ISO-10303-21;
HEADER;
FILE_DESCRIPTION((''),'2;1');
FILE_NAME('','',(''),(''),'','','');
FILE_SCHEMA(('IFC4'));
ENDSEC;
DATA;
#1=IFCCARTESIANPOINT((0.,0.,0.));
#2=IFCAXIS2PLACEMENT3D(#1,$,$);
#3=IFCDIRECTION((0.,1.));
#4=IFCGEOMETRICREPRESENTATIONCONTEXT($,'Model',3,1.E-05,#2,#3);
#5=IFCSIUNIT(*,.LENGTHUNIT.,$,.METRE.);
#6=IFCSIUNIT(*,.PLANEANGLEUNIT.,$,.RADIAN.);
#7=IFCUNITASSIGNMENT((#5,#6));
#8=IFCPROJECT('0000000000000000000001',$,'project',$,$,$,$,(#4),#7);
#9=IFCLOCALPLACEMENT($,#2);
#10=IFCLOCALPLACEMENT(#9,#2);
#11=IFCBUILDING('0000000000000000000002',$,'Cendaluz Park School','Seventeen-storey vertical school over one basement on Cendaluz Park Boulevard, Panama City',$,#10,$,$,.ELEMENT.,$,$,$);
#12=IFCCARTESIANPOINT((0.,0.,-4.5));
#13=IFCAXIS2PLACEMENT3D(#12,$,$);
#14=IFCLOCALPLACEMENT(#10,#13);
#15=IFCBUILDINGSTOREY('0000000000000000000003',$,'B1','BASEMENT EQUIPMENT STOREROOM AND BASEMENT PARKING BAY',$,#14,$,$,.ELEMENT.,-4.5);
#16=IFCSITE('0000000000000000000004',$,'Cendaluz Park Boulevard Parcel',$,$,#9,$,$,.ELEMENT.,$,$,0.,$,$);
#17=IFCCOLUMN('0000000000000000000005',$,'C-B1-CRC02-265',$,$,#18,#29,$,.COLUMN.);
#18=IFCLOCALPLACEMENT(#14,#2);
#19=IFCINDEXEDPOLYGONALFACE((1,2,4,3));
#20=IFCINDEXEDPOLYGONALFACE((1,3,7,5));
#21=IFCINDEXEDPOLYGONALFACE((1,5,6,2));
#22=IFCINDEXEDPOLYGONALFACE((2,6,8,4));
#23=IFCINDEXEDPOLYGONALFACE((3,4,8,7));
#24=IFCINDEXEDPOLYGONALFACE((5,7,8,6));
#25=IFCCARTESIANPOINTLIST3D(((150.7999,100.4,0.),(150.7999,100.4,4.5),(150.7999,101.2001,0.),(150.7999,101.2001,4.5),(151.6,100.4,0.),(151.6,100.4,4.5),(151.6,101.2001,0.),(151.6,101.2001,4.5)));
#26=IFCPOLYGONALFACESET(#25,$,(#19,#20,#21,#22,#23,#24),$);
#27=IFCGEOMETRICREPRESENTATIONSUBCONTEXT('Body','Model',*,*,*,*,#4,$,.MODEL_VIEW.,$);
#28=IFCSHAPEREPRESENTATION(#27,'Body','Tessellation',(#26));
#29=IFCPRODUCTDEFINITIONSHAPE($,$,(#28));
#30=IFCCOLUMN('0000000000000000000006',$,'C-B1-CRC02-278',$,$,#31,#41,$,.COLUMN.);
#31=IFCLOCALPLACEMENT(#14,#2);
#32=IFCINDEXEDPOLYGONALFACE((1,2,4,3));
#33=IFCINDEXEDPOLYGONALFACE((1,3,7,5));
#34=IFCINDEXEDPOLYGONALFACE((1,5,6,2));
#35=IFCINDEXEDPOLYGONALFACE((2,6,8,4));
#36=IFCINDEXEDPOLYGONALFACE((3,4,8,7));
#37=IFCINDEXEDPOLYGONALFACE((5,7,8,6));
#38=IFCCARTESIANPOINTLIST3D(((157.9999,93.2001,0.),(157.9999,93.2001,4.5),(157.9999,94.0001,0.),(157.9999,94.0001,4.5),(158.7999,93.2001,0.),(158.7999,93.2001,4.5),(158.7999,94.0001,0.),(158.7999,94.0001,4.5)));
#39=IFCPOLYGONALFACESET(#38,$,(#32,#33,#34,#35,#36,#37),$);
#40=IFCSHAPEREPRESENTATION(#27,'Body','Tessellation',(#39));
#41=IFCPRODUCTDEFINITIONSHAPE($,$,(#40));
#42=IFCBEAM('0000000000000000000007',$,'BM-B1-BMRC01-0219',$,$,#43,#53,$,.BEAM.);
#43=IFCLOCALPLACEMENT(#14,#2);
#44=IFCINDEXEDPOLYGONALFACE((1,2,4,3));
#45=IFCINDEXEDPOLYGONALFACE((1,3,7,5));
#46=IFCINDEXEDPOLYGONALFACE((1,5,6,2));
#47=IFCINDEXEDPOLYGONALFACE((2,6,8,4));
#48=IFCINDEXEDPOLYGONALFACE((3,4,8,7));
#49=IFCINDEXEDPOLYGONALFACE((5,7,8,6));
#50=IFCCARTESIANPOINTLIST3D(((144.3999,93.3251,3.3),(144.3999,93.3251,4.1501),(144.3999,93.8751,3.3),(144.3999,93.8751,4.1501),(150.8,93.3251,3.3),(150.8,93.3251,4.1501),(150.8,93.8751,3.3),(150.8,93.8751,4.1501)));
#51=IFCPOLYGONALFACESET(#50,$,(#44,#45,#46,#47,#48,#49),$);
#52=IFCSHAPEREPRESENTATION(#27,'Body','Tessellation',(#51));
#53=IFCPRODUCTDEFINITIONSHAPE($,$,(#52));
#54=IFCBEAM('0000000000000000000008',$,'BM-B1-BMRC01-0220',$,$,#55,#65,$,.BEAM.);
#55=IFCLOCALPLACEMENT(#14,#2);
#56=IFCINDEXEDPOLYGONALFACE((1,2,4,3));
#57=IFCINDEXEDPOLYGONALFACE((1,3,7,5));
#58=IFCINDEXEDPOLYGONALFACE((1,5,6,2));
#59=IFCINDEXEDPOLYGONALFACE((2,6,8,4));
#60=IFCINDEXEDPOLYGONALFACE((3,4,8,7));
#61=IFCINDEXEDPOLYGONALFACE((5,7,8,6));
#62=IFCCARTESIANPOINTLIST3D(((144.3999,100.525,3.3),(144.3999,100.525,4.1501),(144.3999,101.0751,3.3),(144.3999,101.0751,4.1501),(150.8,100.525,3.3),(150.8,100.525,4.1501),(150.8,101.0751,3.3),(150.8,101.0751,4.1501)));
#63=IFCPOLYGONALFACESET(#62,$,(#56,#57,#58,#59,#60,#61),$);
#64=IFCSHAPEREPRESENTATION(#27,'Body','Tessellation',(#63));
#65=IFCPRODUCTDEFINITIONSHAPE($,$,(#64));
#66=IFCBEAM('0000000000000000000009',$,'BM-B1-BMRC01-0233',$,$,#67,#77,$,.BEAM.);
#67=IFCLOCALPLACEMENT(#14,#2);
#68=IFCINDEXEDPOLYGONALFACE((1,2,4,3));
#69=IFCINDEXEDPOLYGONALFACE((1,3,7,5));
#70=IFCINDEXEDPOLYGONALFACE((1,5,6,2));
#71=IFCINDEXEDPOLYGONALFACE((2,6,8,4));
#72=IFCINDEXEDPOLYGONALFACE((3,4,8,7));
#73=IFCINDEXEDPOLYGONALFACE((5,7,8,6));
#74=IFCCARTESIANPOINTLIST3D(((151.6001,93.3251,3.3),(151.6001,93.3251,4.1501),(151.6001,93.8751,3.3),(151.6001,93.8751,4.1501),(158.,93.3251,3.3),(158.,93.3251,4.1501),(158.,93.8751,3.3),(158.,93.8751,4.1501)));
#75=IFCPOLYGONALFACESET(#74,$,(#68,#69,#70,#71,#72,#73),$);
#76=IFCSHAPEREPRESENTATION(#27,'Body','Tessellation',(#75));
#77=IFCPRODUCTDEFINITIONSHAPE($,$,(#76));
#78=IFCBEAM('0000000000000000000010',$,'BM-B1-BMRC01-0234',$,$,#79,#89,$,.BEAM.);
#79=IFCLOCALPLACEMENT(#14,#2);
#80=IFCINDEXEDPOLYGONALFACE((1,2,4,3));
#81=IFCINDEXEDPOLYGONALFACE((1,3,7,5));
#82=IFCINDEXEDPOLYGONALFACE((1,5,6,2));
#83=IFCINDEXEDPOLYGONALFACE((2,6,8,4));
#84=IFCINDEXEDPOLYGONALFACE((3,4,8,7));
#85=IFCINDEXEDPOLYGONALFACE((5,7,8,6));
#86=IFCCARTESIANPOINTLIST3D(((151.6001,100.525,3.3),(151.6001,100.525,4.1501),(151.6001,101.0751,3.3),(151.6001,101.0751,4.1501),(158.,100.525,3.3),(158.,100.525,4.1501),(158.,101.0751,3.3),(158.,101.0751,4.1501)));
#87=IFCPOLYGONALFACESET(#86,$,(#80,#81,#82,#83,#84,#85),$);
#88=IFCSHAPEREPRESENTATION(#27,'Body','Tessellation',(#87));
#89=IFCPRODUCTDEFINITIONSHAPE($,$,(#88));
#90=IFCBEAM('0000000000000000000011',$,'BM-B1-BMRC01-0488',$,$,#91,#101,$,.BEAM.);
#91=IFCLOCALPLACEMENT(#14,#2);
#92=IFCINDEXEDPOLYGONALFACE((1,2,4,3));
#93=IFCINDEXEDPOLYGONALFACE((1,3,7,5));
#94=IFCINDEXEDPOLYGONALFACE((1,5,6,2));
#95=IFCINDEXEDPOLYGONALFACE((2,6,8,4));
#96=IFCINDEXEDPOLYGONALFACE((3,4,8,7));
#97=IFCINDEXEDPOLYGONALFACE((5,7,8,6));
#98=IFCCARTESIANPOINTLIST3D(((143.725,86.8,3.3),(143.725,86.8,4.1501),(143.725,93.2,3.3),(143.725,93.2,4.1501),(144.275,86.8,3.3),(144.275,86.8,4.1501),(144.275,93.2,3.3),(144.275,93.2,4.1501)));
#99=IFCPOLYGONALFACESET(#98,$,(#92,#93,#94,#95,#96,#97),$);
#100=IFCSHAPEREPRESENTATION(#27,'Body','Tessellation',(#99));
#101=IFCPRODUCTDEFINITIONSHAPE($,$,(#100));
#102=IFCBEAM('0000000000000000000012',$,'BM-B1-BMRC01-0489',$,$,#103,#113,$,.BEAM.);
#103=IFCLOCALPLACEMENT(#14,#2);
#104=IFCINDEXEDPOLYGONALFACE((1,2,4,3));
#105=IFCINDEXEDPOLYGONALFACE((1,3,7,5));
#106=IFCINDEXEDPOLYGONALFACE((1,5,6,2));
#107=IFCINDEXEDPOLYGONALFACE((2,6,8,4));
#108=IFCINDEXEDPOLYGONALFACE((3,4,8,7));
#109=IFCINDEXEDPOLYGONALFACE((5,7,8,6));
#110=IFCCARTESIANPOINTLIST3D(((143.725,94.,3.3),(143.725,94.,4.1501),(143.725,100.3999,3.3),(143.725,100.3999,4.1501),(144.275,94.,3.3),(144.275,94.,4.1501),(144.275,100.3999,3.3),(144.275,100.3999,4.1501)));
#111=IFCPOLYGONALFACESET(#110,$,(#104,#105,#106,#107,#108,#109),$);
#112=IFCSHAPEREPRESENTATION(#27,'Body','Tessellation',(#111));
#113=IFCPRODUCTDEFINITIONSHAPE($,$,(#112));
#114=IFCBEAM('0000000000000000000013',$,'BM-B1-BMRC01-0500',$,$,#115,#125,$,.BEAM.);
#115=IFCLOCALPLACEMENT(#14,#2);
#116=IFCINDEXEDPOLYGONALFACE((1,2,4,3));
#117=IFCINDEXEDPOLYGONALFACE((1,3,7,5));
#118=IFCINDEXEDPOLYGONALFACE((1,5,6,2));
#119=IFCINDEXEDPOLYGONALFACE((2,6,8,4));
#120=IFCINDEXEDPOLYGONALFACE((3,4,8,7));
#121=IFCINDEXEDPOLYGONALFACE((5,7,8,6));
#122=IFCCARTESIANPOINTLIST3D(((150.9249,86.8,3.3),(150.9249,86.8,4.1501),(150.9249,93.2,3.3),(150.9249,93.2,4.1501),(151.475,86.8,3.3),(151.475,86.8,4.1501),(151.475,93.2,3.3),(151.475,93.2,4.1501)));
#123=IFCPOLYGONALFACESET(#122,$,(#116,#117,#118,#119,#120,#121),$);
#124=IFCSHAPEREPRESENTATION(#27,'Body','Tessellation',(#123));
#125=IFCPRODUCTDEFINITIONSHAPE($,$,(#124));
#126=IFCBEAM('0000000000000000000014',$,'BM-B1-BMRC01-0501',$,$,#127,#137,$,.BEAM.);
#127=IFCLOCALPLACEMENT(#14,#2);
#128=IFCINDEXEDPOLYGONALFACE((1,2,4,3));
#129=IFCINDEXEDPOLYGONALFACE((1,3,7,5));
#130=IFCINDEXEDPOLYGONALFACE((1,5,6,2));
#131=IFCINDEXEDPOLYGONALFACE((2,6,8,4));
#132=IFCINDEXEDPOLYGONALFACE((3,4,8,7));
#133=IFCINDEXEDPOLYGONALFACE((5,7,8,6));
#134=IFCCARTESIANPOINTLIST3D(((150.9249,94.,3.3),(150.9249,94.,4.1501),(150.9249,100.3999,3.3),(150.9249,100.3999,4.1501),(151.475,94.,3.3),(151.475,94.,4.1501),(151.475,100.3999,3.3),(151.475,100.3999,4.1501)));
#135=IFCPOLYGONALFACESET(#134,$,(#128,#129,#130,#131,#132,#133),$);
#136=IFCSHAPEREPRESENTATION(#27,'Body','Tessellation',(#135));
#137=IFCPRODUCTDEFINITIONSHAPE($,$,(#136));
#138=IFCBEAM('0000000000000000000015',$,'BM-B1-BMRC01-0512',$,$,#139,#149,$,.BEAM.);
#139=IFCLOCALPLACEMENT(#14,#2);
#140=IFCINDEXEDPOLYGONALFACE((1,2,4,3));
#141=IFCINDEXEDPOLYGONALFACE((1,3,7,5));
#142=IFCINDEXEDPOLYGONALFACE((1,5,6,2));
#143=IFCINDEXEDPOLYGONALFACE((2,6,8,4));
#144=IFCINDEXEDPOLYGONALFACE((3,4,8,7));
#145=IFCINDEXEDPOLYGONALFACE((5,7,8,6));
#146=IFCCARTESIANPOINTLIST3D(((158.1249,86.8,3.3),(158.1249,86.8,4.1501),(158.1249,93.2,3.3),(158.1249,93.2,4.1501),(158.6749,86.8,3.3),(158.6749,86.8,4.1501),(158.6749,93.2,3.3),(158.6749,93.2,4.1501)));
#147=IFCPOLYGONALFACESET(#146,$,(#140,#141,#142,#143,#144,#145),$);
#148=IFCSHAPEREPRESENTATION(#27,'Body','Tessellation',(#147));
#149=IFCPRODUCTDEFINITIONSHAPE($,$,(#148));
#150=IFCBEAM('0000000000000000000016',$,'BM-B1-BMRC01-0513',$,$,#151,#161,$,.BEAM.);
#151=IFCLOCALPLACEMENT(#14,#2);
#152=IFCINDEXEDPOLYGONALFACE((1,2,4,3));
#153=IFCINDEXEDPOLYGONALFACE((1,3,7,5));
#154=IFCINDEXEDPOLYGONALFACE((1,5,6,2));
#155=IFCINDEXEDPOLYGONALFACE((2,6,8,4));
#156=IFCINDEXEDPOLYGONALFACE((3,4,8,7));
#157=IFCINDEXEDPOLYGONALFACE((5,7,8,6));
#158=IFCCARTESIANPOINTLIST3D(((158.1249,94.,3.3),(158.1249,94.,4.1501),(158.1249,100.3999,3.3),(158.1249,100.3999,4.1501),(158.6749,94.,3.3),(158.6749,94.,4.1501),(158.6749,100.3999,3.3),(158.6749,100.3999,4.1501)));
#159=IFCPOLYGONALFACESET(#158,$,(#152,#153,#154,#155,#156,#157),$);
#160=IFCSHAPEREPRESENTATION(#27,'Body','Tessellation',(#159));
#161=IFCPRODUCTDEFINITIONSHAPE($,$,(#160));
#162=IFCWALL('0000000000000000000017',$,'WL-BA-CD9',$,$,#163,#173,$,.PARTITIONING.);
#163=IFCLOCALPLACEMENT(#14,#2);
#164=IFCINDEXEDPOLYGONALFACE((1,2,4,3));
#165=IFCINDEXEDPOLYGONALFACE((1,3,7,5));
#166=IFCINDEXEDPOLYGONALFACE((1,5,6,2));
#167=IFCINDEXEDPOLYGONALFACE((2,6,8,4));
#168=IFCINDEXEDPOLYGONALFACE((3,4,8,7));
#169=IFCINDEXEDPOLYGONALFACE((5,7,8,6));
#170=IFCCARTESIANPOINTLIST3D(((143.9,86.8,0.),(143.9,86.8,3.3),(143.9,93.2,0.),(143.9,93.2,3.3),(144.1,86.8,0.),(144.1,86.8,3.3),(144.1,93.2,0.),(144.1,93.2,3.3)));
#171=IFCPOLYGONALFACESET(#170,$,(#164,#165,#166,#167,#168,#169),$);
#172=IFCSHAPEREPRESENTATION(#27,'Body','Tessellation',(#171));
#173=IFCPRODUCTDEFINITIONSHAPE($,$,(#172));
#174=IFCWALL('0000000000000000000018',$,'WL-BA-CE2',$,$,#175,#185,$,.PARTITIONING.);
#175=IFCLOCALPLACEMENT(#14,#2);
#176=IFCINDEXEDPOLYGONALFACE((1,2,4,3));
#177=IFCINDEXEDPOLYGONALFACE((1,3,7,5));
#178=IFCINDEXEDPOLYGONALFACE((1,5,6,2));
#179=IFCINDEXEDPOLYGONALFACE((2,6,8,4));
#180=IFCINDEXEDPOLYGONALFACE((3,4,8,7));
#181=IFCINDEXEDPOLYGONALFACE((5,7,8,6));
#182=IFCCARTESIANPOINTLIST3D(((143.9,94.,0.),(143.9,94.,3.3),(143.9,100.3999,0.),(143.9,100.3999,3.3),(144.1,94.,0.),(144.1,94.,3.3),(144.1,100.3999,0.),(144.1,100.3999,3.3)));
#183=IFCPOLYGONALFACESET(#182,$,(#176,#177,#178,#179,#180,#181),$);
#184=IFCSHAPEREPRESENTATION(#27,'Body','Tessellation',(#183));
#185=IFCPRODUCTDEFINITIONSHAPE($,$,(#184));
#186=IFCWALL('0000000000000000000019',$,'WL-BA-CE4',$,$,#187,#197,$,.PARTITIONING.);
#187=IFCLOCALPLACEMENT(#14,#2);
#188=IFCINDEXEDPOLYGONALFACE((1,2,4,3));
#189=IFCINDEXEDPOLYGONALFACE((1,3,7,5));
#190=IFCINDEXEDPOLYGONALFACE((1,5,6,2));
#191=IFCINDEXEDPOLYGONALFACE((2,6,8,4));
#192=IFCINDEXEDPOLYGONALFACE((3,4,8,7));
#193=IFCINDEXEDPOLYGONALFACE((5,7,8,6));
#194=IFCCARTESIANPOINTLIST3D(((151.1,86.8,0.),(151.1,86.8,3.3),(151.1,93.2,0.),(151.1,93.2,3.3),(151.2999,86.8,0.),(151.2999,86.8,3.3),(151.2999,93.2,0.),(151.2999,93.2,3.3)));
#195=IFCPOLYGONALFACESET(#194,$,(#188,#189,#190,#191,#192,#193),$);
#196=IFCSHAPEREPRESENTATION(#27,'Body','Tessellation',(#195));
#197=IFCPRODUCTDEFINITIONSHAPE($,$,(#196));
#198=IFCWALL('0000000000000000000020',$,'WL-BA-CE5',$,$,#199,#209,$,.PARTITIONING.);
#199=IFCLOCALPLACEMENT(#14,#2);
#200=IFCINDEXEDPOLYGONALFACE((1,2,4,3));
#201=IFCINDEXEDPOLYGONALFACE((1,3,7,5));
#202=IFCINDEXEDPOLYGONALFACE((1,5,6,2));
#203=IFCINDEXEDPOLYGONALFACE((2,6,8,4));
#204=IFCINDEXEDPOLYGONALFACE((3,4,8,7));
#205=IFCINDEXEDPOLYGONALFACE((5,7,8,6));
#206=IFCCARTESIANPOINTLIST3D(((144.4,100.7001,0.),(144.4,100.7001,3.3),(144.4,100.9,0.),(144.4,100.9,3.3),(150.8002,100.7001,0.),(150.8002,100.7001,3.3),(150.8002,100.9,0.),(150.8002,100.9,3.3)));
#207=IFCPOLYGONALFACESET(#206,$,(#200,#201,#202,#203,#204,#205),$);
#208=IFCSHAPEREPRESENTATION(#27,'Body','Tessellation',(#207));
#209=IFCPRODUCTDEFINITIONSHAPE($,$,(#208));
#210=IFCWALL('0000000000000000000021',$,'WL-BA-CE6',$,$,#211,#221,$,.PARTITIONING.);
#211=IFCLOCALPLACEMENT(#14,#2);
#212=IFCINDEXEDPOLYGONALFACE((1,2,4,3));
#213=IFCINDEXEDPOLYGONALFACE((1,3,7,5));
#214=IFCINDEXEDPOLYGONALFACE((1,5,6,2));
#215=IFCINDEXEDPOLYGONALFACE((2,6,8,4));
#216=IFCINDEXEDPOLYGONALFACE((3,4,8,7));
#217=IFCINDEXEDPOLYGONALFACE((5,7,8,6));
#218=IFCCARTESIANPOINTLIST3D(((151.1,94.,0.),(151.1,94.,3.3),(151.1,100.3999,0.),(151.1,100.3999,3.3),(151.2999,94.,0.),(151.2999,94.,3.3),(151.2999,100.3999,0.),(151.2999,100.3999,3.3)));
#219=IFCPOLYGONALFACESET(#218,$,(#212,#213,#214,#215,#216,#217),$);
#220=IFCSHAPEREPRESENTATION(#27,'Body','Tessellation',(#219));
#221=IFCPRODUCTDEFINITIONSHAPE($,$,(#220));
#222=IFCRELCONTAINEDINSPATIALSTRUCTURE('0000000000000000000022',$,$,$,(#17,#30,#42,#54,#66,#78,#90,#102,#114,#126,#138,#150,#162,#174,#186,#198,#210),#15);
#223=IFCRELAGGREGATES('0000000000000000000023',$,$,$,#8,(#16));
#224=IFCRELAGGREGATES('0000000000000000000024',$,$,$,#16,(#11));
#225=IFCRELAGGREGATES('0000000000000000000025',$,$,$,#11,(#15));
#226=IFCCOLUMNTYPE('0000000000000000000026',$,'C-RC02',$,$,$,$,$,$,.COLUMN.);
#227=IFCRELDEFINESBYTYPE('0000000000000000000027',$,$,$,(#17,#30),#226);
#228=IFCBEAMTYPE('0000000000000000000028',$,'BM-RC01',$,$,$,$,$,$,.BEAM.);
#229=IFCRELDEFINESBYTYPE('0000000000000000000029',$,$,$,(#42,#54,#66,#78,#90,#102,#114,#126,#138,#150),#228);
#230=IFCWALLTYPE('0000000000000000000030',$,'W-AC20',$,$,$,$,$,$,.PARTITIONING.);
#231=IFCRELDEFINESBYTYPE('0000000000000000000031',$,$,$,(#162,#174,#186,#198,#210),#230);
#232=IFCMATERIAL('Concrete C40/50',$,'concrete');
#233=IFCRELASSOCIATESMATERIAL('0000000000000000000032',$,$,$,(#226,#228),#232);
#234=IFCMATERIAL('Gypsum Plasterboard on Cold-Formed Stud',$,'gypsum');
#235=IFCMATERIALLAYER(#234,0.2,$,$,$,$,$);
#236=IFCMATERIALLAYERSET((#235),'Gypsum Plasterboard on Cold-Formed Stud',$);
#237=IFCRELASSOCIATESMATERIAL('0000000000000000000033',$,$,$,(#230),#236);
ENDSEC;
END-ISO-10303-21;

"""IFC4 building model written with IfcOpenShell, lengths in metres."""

from ifc_helpers import new_model, si_unit, direction, frame, frame_2d, origin, origin_2d, place, context, subcontext, project, spatial, rectangle, extrude, material, layer, layer_set, material_profile, profile_set, type_object, element, save


model = new_model("IFC4")

# Units and contexts
model_context = context("Model", 3, precision=1e-05, world=origin(), true_north=direction((0.0, 1.0)))
body_context = subcontext(model_context, "Body", "Model", "MODEL_VIEW")
ifc_project = project(units=[si_unit("LENGTHUNIT", "METRE"), si_unit("PLANEANGLEUNIT", "RADIAN")], contexts=[model_context])

# Site, building, storey
site_placement = place(None, origin())
site = spatial("IfcSite", under=ifc_project, at=site_placement, Name="Cendaluz Park Boulevard Parcel", CompositionType="ELEMENT", RefElevation=0.0)
building_placement = place(site_placement, origin())
building = spatial("IfcBuilding", under=site, at=building_placement, Name="Cendaluz Park School", Description="Seventeen-storey vertical school over one basement on Cendaluz Park Boulevard, Panama City", CompositionType="ELEMENT")
storey_placement = place(building_placement, frame((0.0, 0.0, -4.5)))
storey = spatial("IfcBuildingStorey", under=building, at=storey_placement, Name="B1", Description="BASEMENT EQUIPMENT STOREROOM AND BASEMENT PARKING BAY", CompositionType="ELEMENT", Elevation=-4.5)

# Shared definitions
ifc_material_1 = material(Name="Concrete C40/50", Category="concrete")

# Columns
ifc_material_profile_1 = material_profile(ifc_material_1, rectangle(XDim=0.8, YDim=0.8, at=origin_2d()), Name="RC 800x800", Category="concrete")
ifc_profile_set_1 = profile_set([ifc_material_profile_1], Name="Concrete C40/50")
column_type = type_object("IfcColumnType", Name="C-RC02", PredefinedType="COLUMN", material=ifc_profile_set_1)
for number, where, z_axis, x_axis, name in (
    (1, (151.2, 100.8, 0.0), (0.0, 0.0, 1.0), (1.0, 0.0, 0.0), "C-B1-CRC02-265"),
    (2, (158.3999, 93.6001, 0.0), (0.0, 0.0, 1.0), (1.0, 0.0, 0.0), "C-B1-CRC02-278"),
):
    element("IfcColumn", number, at=place(storey_placement, frame(where, z_axis=z_axis, x_axis=x_axis)), inside=storey, type_object=column_type, Name=name, PredefinedType="COLUMN", context=body_context, shape_type="SweptSolid", body=[
        extrude(rectangle(XDim=0.8, YDim=0.8, at=origin_2d()), origin(), (0.0, 0.0, 1.0), 4.5),
    ])

# Beams
ifc_material_profile_2 = material_profile(ifc_material_1, rectangle(XDim=0.55, YDim=0.8501, at=origin_2d()), Name="RC 550x850", Category="concrete")
ifc_profile_set_2 = profile_set([ifc_material_profile_2], Name="Concrete C40/50")
beam_type = type_object("IfcBeamType", Name="BM-RC01", PredefinedType="BEAM", material=ifc_profile_set_2)
for number, where, z_axis, x_axis, name in (
    (3, (144.3999, 93.6001, 3.7251), (1.0, 0.0, 0.0), (0.0, 1.0, 0.0), "BM-B1-BMRC01-0219"),
    (4, (144.3999, 100.8, 3.7251), (1.0, 0.0, 0.0), (0.0, 1.0, 0.0), "BM-B1-BMRC01-0220"),
):
    element("IfcBeam", number, at=place(storey_placement, frame(where, z_axis=z_axis, x_axis=x_axis)), inside=storey, type_object=beam_type, Name=name, PredefinedType="BEAM", context=body_context, shape_type="SweptSolid", body=[
        extrude(rectangle(XDim=0.55, YDim=0.8501, at=origin_2d()), origin(), (0.0, 0.0, 1.0), 6.4001),
    ])
for number, where, z_axis, x_axis, name in (
    (5, (151.6001, 93.6001, 3.7251), (1.0, 0.0, 0.0), (0.0, 1.0, 0.0), "BM-B1-BMRC01-0233"),
    (6, (151.6001, 100.8, 3.7251), (1.0, 0.0, 0.0), (0.0, 1.0, 0.0), "BM-B1-BMRC01-0234"),
    (7, (144.0, 86.8, 3.7251), (0.0, 1.0, 0.0), (-1.0, 0.0, 0.0), "BM-B1-BMRC01-0488"),
    (8, (144.0, 94.0, 3.7251), (0.0, 1.0, 0.0), (-1.0, 0.0, 0.0), "BM-B1-BMRC01-0489"),
    (9, (151.2, 86.8, 3.7251), (0.0, 1.0, 0.0), (-1.0, 0.0, 0.0), "BM-B1-BMRC01-0500"),
    (10, (151.2, 94.0, 3.7251), (0.0, 1.0, 0.0), (-1.0, 0.0, 0.0), "BM-B1-BMRC01-0501"),
    (11, (158.3999, 86.8, 3.7251), (0.0, 1.0, 0.0), (-1.0, 0.0, 0.0), "BM-B1-BMRC01-0512"),
    (12, (158.3999, 94.0, 3.7251), (0.0, 1.0, 0.0), (-1.0, 0.0, 0.0), "BM-B1-BMRC01-0513"),
):
    element("IfcBeam", number, at=place(storey_placement, frame(where, z_axis=z_axis, x_axis=x_axis)), inside=storey, type_object=beam_type, Name=name, PredefinedType="BEAM", context=body_context, shape_type="SweptSolid", body=[
        extrude(rectangle(XDim=0.55, YDim=0.8501, at=origin_2d()), origin(), (0.0, 0.0, 1.0), 6.3999),
    ])

# Walls
ifc_material_2 = material(Name="Gypsum Plasterboard on Cold-Formed Stud", Category="gypsum")
ifc_layer = layer(ifc_material_2, 0.2)
ifc_layer_set = layer_set([ifc_layer], Name="Gypsum Plasterboard on Cold-Formed Stud")
wall_type = type_object("IfcWallType", Name="W-AC20", PredefinedType="PARTITIONING", material=ifc_layer_set)
for number, where, z_axis, x_axis, name in (
    (13, (144.0, 86.8, 0.0), (0.0, 0.0, 1.0), (0.0, 1.0, 0.0), "WL-BA-CD9"),
    (14, (144.0, 94.0, 0.0), (0.0, 0.0, 1.0), (0.0, 1.0, 0.0), "WL-BA-CE2"),
    (15, (151.2, 86.8, 0.0), (0.0, 0.0, 1.0), (0.0, 1.0, 0.0), "WL-BA-CE4"),
):
    element("IfcWall", number, at=place(storey_placement, frame(where, z_axis=z_axis, x_axis=x_axis)), inside=storey, type_object=wall_type, Name=name, PredefinedType="PARTITIONING", context=body_context, shape_type="SweptSolid", body=[
        extrude(rectangle(XDim=6.3999, YDim=0.2, at=frame_2d((3.2, 0.0))), origin(), (0.0, 0.0, 1.0), 3.3),
    ])
wall_placement = place(storey_placement, frame((144.3999, 100.8, 0.0), z_axis=(0.0, 0.0, 1.0), x_axis=(1.0, 0.0, 0.0)))
element("IfcWall", 16, at=wall_placement, inside=storey, type_object=wall_type, Name="WL-BA-CE5", PredefinedType="PARTITIONING", context=body_context, shape_type="SweptSolid", body=[
    extrude(rectangle(XDim=6.4001, YDim=0.2, at=frame_2d((3.2002, 0.0))), origin(), (0.0, 0.0, 1.0), 3.3),
])
for number, where, z_axis, x_axis, name in (
    (17, (151.2, 94.0, 0.0), (0.0, 0.0, 1.0), (0.0, 1.0, 0.0), "WL-BA-CE6"),
):
    element("IfcWall", number, at=place(storey_placement, frame(where, z_axis=z_axis, x_axis=x_axis)), inside=storey, type_object=wall_type, Name=name, PredefinedType="PARTITIONING", context=body_context, shape_type="SweptSolid", body=[
        extrude(rectangle(XDim=6.3999, YDim=0.2, at=frame_2d((3.2, 0.0))), origin(), (0.0, 0.0, 1.0), 3.3),
    ])

save(model, "model.ifc")
